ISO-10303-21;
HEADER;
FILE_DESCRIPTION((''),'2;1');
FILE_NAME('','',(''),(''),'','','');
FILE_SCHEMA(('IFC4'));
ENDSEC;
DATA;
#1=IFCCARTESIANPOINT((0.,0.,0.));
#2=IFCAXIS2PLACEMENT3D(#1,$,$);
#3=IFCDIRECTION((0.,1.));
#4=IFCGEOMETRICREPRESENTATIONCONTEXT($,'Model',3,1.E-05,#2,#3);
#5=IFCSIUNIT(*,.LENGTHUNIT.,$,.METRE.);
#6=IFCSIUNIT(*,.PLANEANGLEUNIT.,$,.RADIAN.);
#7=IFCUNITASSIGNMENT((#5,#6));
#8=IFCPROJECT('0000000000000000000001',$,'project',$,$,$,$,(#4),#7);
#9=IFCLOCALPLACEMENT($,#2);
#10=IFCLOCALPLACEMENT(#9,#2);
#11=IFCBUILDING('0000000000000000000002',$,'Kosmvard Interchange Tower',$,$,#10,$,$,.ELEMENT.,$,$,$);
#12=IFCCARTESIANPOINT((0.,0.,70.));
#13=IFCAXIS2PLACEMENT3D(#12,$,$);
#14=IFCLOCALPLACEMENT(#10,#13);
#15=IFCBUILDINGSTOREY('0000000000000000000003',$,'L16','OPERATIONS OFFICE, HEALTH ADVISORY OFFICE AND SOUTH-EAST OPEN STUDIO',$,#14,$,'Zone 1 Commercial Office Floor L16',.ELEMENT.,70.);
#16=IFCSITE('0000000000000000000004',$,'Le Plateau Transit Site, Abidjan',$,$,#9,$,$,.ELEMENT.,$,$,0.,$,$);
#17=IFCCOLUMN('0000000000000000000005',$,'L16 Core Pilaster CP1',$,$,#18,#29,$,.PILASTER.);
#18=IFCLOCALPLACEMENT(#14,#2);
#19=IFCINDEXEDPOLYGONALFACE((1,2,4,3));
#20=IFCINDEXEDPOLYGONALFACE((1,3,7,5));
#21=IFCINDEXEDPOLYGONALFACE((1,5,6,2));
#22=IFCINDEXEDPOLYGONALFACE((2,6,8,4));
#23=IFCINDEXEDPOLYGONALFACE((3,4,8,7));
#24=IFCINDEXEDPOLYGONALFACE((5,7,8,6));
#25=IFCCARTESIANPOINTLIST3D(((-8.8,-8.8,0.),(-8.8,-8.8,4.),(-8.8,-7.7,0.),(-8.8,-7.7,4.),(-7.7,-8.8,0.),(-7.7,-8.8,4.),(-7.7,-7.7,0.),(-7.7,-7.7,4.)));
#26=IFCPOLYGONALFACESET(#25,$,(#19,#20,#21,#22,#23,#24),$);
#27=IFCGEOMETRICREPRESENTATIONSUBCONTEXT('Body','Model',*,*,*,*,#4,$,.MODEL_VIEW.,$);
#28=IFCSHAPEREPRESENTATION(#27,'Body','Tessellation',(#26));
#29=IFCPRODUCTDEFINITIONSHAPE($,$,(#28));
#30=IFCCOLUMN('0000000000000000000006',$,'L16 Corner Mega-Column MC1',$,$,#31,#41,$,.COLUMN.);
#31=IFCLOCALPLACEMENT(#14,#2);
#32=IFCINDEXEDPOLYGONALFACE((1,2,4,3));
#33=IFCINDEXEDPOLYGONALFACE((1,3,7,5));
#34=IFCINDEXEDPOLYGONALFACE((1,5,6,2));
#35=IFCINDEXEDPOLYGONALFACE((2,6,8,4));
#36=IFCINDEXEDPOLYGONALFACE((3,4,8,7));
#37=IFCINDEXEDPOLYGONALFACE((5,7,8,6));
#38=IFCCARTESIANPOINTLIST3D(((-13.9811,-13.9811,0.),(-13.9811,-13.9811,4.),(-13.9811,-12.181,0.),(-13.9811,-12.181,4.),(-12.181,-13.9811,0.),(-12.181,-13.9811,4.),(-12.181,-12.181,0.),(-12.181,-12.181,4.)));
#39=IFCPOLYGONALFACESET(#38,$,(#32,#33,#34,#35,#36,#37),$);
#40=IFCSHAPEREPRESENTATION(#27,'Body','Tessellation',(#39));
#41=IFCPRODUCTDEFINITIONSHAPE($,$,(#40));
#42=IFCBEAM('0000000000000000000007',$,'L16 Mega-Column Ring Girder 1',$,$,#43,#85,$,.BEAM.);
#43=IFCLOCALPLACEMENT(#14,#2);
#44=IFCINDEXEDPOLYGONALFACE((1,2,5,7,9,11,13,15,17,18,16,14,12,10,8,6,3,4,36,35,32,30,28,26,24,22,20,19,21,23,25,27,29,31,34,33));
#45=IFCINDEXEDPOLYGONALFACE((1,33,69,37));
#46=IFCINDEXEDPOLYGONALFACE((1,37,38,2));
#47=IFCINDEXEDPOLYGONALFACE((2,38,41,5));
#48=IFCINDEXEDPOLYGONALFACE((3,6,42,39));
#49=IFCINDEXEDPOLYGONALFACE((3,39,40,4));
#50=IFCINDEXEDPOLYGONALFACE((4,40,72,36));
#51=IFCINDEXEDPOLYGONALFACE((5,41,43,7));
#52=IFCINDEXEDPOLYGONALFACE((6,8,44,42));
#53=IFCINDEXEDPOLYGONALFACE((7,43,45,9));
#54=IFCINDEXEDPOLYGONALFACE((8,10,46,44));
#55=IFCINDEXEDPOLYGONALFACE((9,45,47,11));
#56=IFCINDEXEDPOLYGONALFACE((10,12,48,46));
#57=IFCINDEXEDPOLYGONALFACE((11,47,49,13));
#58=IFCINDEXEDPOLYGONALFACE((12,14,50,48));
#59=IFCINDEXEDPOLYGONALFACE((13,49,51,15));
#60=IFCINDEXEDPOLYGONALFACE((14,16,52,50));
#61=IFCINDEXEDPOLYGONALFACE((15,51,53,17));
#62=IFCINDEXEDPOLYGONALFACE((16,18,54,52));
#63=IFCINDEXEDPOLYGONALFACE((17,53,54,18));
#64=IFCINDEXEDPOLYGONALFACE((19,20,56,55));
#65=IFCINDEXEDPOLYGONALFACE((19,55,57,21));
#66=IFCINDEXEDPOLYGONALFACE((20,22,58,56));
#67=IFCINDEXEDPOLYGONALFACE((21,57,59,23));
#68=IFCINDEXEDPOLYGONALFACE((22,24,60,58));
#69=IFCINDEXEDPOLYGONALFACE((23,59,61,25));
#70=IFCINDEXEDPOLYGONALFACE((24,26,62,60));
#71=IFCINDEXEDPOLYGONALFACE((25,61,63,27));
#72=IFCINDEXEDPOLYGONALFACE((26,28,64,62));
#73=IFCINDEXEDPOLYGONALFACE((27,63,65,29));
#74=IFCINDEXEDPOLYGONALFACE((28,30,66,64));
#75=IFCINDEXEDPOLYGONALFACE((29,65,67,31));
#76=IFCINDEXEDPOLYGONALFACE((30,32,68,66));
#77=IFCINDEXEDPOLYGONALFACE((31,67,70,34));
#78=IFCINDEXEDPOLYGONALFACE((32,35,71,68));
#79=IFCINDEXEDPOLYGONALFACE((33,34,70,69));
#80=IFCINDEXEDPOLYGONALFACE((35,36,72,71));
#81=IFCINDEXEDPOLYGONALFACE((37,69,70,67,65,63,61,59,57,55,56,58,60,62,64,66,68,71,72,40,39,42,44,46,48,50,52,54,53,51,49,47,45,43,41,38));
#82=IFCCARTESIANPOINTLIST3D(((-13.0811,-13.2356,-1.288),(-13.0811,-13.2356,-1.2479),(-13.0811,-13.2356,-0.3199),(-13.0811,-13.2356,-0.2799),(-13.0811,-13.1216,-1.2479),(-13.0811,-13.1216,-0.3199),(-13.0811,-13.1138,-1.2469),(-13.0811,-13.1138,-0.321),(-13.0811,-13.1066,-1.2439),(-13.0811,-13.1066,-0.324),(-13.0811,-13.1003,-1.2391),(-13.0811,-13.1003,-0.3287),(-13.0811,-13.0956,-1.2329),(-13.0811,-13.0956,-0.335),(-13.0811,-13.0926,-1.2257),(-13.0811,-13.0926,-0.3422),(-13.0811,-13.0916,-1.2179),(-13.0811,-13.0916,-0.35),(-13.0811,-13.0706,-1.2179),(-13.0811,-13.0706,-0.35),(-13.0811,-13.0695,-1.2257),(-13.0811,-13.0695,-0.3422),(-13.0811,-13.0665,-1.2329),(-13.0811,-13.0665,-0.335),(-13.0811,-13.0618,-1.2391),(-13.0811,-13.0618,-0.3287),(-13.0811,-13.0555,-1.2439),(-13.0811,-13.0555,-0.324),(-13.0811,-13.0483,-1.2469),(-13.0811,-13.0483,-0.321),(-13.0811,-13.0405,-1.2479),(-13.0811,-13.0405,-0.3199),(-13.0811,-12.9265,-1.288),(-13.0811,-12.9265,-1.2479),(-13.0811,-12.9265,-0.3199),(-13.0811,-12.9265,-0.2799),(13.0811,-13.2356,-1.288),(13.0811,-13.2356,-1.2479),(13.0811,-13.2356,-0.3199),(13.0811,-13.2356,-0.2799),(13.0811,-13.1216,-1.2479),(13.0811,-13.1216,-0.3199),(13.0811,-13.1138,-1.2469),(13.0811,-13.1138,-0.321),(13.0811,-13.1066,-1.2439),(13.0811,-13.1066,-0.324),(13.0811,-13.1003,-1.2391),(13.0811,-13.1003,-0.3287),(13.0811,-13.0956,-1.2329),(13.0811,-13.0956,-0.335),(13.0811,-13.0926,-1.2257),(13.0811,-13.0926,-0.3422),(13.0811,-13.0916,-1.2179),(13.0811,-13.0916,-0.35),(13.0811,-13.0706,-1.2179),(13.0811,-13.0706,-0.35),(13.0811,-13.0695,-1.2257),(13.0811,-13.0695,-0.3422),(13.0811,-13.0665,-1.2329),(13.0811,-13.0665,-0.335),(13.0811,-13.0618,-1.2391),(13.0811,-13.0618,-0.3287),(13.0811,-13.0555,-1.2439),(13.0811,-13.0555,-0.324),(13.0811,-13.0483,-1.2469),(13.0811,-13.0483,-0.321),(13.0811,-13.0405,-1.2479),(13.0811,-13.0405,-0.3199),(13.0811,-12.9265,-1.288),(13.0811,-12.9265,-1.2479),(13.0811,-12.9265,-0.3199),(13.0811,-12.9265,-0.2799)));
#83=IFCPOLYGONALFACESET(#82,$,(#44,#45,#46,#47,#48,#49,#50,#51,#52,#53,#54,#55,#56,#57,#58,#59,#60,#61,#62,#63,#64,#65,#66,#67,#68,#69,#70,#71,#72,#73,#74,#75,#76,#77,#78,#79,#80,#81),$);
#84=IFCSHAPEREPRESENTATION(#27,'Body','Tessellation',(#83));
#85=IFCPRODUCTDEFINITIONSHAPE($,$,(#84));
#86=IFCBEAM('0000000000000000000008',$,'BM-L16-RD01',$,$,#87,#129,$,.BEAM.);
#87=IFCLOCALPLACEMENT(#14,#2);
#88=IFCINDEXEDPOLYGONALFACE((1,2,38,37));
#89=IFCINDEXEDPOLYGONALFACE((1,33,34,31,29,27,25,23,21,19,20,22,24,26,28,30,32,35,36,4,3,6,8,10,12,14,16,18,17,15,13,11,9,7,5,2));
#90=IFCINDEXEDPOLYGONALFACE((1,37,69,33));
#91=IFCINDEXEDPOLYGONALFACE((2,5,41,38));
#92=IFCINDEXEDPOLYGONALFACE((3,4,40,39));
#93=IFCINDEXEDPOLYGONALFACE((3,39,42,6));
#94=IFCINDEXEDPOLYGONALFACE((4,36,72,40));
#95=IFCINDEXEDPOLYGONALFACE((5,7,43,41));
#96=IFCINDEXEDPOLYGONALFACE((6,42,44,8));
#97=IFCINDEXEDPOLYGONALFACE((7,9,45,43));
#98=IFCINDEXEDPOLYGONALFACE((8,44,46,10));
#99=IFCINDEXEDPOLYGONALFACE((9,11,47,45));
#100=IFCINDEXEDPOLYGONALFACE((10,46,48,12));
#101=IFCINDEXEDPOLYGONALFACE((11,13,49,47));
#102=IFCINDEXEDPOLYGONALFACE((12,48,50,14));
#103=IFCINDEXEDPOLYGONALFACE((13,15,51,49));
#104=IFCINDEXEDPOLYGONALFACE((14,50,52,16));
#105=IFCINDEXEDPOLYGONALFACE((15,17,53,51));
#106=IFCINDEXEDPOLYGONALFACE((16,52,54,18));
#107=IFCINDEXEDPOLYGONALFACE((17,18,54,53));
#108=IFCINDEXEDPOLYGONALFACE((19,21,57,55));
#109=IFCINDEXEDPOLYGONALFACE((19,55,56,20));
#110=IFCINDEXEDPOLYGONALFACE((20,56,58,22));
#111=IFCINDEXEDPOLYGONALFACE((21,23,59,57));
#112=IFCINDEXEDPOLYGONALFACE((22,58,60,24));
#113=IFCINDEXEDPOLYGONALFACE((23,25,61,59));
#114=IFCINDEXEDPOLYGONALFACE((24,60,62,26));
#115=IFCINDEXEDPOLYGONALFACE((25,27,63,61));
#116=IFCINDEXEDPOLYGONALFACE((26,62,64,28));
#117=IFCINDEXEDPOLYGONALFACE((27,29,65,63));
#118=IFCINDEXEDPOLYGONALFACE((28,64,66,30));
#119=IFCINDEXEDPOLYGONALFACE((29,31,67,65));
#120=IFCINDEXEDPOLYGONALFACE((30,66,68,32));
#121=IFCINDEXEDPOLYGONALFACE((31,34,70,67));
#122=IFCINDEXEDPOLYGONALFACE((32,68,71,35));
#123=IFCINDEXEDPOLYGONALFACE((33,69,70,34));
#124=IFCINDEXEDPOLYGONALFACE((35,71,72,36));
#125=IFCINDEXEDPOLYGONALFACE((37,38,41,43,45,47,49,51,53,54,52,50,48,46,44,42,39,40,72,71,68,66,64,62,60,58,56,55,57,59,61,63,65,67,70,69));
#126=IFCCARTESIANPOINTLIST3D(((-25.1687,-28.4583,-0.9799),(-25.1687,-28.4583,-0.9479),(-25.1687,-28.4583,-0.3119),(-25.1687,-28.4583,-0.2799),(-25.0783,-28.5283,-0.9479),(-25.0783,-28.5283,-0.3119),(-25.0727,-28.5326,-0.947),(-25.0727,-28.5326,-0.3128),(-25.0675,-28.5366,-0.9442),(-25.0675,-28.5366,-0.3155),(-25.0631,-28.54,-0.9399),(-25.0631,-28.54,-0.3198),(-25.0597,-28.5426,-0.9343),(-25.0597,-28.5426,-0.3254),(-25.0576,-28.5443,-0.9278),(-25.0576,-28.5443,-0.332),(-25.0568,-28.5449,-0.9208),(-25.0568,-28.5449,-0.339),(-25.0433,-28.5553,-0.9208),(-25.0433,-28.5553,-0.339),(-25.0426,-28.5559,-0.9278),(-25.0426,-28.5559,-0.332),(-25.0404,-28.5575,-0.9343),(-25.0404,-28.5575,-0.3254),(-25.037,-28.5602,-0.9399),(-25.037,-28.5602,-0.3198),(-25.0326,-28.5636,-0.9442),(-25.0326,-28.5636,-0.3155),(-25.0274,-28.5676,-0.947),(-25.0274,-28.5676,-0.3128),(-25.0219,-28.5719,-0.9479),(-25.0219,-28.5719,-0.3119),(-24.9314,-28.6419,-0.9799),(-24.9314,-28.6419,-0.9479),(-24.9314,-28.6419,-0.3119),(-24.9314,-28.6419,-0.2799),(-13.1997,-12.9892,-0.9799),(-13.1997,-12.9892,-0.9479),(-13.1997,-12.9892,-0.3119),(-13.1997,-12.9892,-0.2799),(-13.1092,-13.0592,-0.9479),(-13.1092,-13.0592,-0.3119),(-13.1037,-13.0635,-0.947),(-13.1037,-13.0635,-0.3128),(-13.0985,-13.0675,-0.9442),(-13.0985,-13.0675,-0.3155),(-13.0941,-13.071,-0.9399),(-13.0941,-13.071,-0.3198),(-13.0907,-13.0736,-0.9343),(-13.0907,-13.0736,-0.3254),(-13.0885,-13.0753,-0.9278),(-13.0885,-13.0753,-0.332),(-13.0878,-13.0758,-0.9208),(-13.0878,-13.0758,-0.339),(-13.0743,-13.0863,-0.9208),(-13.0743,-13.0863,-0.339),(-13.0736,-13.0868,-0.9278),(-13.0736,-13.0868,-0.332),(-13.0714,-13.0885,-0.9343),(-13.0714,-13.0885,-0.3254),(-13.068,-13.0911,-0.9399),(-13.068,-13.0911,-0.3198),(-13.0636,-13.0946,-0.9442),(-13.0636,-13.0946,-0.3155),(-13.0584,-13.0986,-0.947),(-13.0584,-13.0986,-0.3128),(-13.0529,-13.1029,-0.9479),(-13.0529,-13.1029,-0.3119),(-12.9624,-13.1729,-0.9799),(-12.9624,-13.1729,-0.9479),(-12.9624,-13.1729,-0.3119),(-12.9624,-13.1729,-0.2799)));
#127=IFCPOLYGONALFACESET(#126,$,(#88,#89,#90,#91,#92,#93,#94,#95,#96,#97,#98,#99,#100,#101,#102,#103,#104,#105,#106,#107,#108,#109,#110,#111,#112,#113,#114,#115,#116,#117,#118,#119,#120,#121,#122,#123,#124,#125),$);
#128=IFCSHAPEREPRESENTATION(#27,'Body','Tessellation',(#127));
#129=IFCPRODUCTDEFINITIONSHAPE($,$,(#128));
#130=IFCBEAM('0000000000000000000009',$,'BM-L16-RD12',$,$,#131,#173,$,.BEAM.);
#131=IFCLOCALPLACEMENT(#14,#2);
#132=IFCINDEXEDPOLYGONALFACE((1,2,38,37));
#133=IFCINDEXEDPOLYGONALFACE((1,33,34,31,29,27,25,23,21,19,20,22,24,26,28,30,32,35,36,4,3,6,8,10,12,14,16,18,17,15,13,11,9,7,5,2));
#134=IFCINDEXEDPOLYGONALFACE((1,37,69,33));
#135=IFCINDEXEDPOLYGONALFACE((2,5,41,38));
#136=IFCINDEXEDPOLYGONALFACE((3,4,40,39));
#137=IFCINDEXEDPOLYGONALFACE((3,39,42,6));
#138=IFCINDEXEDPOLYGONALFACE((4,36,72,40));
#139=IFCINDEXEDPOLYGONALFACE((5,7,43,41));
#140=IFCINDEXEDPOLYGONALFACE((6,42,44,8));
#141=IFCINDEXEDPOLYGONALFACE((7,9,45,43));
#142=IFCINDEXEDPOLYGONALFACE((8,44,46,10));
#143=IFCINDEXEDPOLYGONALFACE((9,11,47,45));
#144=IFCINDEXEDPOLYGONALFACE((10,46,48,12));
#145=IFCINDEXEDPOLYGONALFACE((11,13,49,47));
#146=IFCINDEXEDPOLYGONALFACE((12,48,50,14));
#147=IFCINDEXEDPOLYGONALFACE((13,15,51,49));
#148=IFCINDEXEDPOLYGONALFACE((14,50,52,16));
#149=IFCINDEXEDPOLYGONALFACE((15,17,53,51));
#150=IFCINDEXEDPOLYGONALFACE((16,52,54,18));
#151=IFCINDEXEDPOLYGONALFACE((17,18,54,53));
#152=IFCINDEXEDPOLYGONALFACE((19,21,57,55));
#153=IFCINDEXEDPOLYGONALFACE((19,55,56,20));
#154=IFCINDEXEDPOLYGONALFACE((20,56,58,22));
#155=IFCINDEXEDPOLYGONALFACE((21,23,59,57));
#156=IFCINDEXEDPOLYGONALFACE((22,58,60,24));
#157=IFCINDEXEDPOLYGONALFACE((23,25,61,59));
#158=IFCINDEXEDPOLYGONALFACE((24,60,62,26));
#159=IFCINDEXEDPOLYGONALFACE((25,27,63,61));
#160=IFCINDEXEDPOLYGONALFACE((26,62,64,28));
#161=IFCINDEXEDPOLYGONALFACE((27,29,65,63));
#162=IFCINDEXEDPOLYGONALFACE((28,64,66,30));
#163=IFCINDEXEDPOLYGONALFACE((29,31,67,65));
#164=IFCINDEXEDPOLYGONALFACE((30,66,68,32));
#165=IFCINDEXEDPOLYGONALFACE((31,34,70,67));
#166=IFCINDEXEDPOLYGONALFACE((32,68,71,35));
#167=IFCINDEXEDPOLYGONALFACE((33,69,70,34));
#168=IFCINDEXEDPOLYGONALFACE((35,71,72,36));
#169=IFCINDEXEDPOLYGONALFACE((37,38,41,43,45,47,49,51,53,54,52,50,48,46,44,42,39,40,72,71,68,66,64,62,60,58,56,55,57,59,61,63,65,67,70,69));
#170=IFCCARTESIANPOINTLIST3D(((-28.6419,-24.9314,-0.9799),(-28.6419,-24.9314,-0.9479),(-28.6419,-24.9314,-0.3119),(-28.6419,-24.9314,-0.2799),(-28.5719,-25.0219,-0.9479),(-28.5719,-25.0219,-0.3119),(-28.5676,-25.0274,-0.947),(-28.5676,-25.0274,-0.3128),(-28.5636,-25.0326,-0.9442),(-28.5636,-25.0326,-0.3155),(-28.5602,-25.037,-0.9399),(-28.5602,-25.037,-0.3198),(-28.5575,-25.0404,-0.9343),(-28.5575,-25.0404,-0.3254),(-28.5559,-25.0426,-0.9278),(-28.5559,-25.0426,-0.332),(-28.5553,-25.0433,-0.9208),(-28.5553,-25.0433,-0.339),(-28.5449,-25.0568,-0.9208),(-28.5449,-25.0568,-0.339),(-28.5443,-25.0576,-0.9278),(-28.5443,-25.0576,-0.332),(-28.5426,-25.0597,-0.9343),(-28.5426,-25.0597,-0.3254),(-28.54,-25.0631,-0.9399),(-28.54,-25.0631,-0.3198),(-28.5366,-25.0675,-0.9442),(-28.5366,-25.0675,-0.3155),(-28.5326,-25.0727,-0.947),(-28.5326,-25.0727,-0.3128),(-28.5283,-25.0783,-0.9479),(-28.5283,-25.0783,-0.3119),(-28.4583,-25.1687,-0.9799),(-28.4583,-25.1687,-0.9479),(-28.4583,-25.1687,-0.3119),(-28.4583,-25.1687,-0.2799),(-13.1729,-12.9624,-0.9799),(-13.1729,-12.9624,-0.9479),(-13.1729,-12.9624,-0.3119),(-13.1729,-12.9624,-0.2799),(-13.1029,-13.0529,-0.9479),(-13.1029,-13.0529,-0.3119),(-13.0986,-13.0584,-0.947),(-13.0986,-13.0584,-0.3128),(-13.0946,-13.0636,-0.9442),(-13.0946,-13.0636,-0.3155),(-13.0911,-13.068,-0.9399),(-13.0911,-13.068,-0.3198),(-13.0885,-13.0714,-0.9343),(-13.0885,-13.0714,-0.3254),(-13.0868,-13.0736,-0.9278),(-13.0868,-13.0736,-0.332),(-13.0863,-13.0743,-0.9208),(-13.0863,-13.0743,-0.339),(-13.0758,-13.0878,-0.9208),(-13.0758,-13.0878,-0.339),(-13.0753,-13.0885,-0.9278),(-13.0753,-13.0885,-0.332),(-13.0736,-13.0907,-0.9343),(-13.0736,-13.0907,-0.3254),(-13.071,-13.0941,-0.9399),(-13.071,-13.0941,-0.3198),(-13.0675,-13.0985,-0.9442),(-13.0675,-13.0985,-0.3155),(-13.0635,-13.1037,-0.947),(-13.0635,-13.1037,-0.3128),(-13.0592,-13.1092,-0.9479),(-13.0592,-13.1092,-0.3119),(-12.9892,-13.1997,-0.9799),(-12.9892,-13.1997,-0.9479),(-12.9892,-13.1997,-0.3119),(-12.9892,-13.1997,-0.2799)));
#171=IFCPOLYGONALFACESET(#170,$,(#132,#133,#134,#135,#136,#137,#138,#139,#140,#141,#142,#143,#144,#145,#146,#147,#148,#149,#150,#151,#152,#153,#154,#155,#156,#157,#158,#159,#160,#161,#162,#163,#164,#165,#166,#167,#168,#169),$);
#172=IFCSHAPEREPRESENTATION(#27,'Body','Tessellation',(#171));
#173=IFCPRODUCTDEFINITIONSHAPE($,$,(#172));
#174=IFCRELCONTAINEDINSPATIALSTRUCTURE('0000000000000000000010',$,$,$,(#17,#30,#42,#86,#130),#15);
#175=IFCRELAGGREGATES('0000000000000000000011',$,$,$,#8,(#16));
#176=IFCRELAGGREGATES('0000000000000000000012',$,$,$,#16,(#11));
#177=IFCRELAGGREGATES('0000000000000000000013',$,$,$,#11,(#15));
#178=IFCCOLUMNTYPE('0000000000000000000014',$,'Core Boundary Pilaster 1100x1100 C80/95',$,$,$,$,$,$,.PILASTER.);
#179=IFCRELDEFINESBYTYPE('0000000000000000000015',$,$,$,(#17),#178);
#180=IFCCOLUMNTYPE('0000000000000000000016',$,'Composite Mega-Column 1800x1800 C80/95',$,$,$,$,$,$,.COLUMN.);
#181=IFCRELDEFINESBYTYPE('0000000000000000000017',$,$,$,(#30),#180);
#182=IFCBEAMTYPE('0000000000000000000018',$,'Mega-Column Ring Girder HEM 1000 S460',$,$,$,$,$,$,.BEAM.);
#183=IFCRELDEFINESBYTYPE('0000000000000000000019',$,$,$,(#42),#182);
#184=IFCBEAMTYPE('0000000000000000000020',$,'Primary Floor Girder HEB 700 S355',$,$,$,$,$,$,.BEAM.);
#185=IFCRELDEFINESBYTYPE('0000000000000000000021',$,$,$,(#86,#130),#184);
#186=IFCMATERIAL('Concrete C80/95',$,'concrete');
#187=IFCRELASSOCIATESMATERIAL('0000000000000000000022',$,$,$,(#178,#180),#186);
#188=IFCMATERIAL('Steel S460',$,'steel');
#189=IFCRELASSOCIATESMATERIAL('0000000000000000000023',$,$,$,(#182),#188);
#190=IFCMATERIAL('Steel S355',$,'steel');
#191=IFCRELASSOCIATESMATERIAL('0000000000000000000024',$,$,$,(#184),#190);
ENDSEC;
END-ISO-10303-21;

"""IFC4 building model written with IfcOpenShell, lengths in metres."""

from ifc_helpers import new_model, si_unit, direction, frame, origin, origin_2d, place, context, subcontext, project, spatial, rectangle, i_section, extrude, source, transform, mapped, material, material_profile, profile_set, type_object, element, save


model = new_model("IFC4")

# Units and contexts
model_context = context("Model", 3, precision=1e-05, world=origin(), true_north=direction((0.0, 1.0)))
body_context = subcontext(model_context, "Body", "Model", "MODEL_VIEW")
ifc_project = project(units=[si_unit("LENGTHUNIT", "METRE"), si_unit("PLANEANGLEUNIT", "RADIAN")], contexts=[model_context])

# Site, building, storey
site_placement = place(None, origin())
site = spatial("IfcSite", under=ifc_project, at=site_placement, Name="Le Plateau Transit Site, Abidjan", CompositionType="ELEMENT", RefElevation=0.0)
building_placement = place(site_placement, origin())
building = spatial("IfcBuilding", under=site, at=building_placement, Name="Kosmvard Interchange Tower", CompositionType="ELEMENT")
storey_placement = place(building_placement, frame((0.0, 0.0, 70.0)))
storey = spatial("IfcBuildingStorey", under=building, at=storey_placement, Name="L16", Description="OPERATIONS OFFICE, HEALTH ADVISORY OFFICE AND SOUTH-EAST OPEN STUDIO", LongName="Zone 1 Commercial Office Floor L16", CompositionType="ELEMENT", Elevation=70.0)

# Columns
ifc_material_1 = material(Name="Concrete C80/95", Category="concrete")
ifc_material_profile_1 = material_profile(ifc_material_1, rectangle(XDim=1.1001, YDim=1.1001, at=origin_2d()), Name="CP 1100x1100")
ifc_profile_set_1 = profile_set([ifc_material_profile_1], Name="Concrete C80/95")
column_type_1 = type_object("IfcColumnType", Name="Core Boundary Pilaster 1100x1100 C80/95", PredefinedType="PILASTER", material=ifc_profile_set_1)
shared_shape_1 = source(origin(), body_context, "Body", "SweptSolid", [
    extrude(rectangle(XDim=1.1001, YDim=1.1001, at=origin_2d()), origin(), (0.0, 0.0, 1.0), 4.0),
])
column_1_placement = place(storey_placement, frame((-8.25, -8.25, 0.0), z_axis=(0.0, 0.0, 1.0), x_axis=(1.0, 0.0, 0.0)))
element("IfcColumn", 1, at=column_1_placement, inside=storey, type_object=column_type_1, Name="L16 Core Pilaster CP1", PredefinedType="PILASTER", context=body_context, shape_type="MappedRepresentation", body=[
    mapped(shared_shape_1, transform((0.0, 0.0, 0.0), scale=1.0)),
])
ifc_material_profile_2 = material_profile(ifc_material_1, rectangle(XDim=1.8, YDim=1.8, at=origin_2d()), Name="MC 1800x1800")
ifc_profile_set_2 = profile_set([ifc_material_profile_2], Name="Concrete C80/95")
column_type_2 = type_object("IfcColumnType", Name="Composite Mega-Column 1800x1800 C80/95", PredefinedType="COLUMN", material=ifc_profile_set_2)
shared_shape_2 = source(origin(), body_context, "Body", "SweptSolid", [
    extrude(rectangle(XDim=1.8, YDim=1.8, at=origin_2d()), origin(), (0.0, 0.0, 1.0), 4.0),
])
column_2_placement = place(storey_placement, frame((-13.0811, -13.0811, 0.0), z_axis=(0.0, 0.0, 1.0), x_axis=(1.0, 0.0, 0.0)))
element("IfcColumn", 2, at=column_2_placement, inside=storey, type_object=column_type_2, Name="L16 Corner Mega-Column MC1", PredefinedType="COLUMN", context=body_context, shape_type="MappedRepresentation", body=[
    mapped(shared_shape_2, transform((0.0, 0.0, 0.0), scale=1.0)),
])

# Beams
ifc_material_2 = material(Name="Steel S460", Category="steel")
ifc_material_profile_3 = material_profile(ifc_material_2, i_section(OverallWidth=0.3091, OverallDepth=1.0081, WebThickness=0.021, FlangeThickness=0.04, FilletRadius=0.03, at=origin_2d()), Name="HEM 1000")
ifc_profile_set_3 = profile_set([ifc_material_profile_3], Name="Steel S460")
beam_type_1 = type_object("IfcBeamType", Name="Mega-Column Ring Girder HEM 1000 S460", PredefinedType="BEAM", material=ifc_profile_set_3)
shared_shape_3 = source(origin(), body_context, "Body", "SweptSolid", [
    extrude(i_section(OverallWidth=0.3091, OverallDepth=1.0081, WebThickness=0.021, FlangeThickness=0.04, FilletRadius=0.03, at=origin_2d()), origin(), (0.0, 0.0, 1.0), 26.1621),
])
beam_placement = place(storey_placement, frame((-13.0811, -13.0811, -0.7839), z_axis=(1.0, 0.0, 0.0), x_axis=(0.0, 1.0, 0.0)))
element("IfcBeam", 3, at=beam_placement, inside=storey, type_object=beam_type_1, Name="L16 Mega-Column Ring Girder 1", PredefinedType="BEAM", context=body_context, shape_type="MappedRepresentation", body=[
    mapped(shared_shape_3, transform((0.0, 0.0, 0.0), scale=1.0)),
])
ifc_material_3 = material(Name="Steel S355", Category="steel")
ifc_material_profile_4 = material_profile(ifc_material_3, i_section(OverallWidth=0.3, OverallDepth=0.7, WebThickness=0.0171, FlangeThickness=0.032, FilletRadius=0.0271, at=origin_2d()), Name="HEB 700")
ifc_profile_set_4 = profile_set([ifc_material_profile_4], Name="Steel S355")
beam_type_2 = type_object("IfcBeamType", Name="Primary Floor Girder HEB 700 S355", PredefinedType="BEAM", material=ifc_profile_set_4)
shared_shape_4 = source(origin(), body_context, "Body", "SweptSolid", [
    extrude(i_section(OverallWidth=0.3, OverallDepth=0.7, WebThickness=0.0171, FlangeThickness=0.032, FilletRadius=0.0271, at=origin_2d()), origin(), (0.0, 0.0, 1.0), 19.5588),
])
for number, where, z_axis, x_axis, name in (
    (4, (-13.0811, -13.0811, -0.6299), (-0.611949, -0.790897, 0.0), (0.790897, -0.611949, 0.0), "BM-L16-RD01"),
    (5, (-13.0811, -13.0811, -0.6299), (-0.790897, -0.611949, 0.0), (0.611949, -0.790897, 0.0), "BM-L16-RD12"),
):
    element("IfcBeam", number, at=place(storey_placement, frame(where, z_axis=z_axis, x_axis=x_axis)), inside=storey, type_object=beam_type_2, Name=name, PredefinedType="BEAM", context=body_context, shape_type="MappedRepresentation", body=[
        mapped(shared_shape_4, transform((0.0, 0.0, 0.0), scale=1.0)),
    ])

save(model, "model.ifc")
